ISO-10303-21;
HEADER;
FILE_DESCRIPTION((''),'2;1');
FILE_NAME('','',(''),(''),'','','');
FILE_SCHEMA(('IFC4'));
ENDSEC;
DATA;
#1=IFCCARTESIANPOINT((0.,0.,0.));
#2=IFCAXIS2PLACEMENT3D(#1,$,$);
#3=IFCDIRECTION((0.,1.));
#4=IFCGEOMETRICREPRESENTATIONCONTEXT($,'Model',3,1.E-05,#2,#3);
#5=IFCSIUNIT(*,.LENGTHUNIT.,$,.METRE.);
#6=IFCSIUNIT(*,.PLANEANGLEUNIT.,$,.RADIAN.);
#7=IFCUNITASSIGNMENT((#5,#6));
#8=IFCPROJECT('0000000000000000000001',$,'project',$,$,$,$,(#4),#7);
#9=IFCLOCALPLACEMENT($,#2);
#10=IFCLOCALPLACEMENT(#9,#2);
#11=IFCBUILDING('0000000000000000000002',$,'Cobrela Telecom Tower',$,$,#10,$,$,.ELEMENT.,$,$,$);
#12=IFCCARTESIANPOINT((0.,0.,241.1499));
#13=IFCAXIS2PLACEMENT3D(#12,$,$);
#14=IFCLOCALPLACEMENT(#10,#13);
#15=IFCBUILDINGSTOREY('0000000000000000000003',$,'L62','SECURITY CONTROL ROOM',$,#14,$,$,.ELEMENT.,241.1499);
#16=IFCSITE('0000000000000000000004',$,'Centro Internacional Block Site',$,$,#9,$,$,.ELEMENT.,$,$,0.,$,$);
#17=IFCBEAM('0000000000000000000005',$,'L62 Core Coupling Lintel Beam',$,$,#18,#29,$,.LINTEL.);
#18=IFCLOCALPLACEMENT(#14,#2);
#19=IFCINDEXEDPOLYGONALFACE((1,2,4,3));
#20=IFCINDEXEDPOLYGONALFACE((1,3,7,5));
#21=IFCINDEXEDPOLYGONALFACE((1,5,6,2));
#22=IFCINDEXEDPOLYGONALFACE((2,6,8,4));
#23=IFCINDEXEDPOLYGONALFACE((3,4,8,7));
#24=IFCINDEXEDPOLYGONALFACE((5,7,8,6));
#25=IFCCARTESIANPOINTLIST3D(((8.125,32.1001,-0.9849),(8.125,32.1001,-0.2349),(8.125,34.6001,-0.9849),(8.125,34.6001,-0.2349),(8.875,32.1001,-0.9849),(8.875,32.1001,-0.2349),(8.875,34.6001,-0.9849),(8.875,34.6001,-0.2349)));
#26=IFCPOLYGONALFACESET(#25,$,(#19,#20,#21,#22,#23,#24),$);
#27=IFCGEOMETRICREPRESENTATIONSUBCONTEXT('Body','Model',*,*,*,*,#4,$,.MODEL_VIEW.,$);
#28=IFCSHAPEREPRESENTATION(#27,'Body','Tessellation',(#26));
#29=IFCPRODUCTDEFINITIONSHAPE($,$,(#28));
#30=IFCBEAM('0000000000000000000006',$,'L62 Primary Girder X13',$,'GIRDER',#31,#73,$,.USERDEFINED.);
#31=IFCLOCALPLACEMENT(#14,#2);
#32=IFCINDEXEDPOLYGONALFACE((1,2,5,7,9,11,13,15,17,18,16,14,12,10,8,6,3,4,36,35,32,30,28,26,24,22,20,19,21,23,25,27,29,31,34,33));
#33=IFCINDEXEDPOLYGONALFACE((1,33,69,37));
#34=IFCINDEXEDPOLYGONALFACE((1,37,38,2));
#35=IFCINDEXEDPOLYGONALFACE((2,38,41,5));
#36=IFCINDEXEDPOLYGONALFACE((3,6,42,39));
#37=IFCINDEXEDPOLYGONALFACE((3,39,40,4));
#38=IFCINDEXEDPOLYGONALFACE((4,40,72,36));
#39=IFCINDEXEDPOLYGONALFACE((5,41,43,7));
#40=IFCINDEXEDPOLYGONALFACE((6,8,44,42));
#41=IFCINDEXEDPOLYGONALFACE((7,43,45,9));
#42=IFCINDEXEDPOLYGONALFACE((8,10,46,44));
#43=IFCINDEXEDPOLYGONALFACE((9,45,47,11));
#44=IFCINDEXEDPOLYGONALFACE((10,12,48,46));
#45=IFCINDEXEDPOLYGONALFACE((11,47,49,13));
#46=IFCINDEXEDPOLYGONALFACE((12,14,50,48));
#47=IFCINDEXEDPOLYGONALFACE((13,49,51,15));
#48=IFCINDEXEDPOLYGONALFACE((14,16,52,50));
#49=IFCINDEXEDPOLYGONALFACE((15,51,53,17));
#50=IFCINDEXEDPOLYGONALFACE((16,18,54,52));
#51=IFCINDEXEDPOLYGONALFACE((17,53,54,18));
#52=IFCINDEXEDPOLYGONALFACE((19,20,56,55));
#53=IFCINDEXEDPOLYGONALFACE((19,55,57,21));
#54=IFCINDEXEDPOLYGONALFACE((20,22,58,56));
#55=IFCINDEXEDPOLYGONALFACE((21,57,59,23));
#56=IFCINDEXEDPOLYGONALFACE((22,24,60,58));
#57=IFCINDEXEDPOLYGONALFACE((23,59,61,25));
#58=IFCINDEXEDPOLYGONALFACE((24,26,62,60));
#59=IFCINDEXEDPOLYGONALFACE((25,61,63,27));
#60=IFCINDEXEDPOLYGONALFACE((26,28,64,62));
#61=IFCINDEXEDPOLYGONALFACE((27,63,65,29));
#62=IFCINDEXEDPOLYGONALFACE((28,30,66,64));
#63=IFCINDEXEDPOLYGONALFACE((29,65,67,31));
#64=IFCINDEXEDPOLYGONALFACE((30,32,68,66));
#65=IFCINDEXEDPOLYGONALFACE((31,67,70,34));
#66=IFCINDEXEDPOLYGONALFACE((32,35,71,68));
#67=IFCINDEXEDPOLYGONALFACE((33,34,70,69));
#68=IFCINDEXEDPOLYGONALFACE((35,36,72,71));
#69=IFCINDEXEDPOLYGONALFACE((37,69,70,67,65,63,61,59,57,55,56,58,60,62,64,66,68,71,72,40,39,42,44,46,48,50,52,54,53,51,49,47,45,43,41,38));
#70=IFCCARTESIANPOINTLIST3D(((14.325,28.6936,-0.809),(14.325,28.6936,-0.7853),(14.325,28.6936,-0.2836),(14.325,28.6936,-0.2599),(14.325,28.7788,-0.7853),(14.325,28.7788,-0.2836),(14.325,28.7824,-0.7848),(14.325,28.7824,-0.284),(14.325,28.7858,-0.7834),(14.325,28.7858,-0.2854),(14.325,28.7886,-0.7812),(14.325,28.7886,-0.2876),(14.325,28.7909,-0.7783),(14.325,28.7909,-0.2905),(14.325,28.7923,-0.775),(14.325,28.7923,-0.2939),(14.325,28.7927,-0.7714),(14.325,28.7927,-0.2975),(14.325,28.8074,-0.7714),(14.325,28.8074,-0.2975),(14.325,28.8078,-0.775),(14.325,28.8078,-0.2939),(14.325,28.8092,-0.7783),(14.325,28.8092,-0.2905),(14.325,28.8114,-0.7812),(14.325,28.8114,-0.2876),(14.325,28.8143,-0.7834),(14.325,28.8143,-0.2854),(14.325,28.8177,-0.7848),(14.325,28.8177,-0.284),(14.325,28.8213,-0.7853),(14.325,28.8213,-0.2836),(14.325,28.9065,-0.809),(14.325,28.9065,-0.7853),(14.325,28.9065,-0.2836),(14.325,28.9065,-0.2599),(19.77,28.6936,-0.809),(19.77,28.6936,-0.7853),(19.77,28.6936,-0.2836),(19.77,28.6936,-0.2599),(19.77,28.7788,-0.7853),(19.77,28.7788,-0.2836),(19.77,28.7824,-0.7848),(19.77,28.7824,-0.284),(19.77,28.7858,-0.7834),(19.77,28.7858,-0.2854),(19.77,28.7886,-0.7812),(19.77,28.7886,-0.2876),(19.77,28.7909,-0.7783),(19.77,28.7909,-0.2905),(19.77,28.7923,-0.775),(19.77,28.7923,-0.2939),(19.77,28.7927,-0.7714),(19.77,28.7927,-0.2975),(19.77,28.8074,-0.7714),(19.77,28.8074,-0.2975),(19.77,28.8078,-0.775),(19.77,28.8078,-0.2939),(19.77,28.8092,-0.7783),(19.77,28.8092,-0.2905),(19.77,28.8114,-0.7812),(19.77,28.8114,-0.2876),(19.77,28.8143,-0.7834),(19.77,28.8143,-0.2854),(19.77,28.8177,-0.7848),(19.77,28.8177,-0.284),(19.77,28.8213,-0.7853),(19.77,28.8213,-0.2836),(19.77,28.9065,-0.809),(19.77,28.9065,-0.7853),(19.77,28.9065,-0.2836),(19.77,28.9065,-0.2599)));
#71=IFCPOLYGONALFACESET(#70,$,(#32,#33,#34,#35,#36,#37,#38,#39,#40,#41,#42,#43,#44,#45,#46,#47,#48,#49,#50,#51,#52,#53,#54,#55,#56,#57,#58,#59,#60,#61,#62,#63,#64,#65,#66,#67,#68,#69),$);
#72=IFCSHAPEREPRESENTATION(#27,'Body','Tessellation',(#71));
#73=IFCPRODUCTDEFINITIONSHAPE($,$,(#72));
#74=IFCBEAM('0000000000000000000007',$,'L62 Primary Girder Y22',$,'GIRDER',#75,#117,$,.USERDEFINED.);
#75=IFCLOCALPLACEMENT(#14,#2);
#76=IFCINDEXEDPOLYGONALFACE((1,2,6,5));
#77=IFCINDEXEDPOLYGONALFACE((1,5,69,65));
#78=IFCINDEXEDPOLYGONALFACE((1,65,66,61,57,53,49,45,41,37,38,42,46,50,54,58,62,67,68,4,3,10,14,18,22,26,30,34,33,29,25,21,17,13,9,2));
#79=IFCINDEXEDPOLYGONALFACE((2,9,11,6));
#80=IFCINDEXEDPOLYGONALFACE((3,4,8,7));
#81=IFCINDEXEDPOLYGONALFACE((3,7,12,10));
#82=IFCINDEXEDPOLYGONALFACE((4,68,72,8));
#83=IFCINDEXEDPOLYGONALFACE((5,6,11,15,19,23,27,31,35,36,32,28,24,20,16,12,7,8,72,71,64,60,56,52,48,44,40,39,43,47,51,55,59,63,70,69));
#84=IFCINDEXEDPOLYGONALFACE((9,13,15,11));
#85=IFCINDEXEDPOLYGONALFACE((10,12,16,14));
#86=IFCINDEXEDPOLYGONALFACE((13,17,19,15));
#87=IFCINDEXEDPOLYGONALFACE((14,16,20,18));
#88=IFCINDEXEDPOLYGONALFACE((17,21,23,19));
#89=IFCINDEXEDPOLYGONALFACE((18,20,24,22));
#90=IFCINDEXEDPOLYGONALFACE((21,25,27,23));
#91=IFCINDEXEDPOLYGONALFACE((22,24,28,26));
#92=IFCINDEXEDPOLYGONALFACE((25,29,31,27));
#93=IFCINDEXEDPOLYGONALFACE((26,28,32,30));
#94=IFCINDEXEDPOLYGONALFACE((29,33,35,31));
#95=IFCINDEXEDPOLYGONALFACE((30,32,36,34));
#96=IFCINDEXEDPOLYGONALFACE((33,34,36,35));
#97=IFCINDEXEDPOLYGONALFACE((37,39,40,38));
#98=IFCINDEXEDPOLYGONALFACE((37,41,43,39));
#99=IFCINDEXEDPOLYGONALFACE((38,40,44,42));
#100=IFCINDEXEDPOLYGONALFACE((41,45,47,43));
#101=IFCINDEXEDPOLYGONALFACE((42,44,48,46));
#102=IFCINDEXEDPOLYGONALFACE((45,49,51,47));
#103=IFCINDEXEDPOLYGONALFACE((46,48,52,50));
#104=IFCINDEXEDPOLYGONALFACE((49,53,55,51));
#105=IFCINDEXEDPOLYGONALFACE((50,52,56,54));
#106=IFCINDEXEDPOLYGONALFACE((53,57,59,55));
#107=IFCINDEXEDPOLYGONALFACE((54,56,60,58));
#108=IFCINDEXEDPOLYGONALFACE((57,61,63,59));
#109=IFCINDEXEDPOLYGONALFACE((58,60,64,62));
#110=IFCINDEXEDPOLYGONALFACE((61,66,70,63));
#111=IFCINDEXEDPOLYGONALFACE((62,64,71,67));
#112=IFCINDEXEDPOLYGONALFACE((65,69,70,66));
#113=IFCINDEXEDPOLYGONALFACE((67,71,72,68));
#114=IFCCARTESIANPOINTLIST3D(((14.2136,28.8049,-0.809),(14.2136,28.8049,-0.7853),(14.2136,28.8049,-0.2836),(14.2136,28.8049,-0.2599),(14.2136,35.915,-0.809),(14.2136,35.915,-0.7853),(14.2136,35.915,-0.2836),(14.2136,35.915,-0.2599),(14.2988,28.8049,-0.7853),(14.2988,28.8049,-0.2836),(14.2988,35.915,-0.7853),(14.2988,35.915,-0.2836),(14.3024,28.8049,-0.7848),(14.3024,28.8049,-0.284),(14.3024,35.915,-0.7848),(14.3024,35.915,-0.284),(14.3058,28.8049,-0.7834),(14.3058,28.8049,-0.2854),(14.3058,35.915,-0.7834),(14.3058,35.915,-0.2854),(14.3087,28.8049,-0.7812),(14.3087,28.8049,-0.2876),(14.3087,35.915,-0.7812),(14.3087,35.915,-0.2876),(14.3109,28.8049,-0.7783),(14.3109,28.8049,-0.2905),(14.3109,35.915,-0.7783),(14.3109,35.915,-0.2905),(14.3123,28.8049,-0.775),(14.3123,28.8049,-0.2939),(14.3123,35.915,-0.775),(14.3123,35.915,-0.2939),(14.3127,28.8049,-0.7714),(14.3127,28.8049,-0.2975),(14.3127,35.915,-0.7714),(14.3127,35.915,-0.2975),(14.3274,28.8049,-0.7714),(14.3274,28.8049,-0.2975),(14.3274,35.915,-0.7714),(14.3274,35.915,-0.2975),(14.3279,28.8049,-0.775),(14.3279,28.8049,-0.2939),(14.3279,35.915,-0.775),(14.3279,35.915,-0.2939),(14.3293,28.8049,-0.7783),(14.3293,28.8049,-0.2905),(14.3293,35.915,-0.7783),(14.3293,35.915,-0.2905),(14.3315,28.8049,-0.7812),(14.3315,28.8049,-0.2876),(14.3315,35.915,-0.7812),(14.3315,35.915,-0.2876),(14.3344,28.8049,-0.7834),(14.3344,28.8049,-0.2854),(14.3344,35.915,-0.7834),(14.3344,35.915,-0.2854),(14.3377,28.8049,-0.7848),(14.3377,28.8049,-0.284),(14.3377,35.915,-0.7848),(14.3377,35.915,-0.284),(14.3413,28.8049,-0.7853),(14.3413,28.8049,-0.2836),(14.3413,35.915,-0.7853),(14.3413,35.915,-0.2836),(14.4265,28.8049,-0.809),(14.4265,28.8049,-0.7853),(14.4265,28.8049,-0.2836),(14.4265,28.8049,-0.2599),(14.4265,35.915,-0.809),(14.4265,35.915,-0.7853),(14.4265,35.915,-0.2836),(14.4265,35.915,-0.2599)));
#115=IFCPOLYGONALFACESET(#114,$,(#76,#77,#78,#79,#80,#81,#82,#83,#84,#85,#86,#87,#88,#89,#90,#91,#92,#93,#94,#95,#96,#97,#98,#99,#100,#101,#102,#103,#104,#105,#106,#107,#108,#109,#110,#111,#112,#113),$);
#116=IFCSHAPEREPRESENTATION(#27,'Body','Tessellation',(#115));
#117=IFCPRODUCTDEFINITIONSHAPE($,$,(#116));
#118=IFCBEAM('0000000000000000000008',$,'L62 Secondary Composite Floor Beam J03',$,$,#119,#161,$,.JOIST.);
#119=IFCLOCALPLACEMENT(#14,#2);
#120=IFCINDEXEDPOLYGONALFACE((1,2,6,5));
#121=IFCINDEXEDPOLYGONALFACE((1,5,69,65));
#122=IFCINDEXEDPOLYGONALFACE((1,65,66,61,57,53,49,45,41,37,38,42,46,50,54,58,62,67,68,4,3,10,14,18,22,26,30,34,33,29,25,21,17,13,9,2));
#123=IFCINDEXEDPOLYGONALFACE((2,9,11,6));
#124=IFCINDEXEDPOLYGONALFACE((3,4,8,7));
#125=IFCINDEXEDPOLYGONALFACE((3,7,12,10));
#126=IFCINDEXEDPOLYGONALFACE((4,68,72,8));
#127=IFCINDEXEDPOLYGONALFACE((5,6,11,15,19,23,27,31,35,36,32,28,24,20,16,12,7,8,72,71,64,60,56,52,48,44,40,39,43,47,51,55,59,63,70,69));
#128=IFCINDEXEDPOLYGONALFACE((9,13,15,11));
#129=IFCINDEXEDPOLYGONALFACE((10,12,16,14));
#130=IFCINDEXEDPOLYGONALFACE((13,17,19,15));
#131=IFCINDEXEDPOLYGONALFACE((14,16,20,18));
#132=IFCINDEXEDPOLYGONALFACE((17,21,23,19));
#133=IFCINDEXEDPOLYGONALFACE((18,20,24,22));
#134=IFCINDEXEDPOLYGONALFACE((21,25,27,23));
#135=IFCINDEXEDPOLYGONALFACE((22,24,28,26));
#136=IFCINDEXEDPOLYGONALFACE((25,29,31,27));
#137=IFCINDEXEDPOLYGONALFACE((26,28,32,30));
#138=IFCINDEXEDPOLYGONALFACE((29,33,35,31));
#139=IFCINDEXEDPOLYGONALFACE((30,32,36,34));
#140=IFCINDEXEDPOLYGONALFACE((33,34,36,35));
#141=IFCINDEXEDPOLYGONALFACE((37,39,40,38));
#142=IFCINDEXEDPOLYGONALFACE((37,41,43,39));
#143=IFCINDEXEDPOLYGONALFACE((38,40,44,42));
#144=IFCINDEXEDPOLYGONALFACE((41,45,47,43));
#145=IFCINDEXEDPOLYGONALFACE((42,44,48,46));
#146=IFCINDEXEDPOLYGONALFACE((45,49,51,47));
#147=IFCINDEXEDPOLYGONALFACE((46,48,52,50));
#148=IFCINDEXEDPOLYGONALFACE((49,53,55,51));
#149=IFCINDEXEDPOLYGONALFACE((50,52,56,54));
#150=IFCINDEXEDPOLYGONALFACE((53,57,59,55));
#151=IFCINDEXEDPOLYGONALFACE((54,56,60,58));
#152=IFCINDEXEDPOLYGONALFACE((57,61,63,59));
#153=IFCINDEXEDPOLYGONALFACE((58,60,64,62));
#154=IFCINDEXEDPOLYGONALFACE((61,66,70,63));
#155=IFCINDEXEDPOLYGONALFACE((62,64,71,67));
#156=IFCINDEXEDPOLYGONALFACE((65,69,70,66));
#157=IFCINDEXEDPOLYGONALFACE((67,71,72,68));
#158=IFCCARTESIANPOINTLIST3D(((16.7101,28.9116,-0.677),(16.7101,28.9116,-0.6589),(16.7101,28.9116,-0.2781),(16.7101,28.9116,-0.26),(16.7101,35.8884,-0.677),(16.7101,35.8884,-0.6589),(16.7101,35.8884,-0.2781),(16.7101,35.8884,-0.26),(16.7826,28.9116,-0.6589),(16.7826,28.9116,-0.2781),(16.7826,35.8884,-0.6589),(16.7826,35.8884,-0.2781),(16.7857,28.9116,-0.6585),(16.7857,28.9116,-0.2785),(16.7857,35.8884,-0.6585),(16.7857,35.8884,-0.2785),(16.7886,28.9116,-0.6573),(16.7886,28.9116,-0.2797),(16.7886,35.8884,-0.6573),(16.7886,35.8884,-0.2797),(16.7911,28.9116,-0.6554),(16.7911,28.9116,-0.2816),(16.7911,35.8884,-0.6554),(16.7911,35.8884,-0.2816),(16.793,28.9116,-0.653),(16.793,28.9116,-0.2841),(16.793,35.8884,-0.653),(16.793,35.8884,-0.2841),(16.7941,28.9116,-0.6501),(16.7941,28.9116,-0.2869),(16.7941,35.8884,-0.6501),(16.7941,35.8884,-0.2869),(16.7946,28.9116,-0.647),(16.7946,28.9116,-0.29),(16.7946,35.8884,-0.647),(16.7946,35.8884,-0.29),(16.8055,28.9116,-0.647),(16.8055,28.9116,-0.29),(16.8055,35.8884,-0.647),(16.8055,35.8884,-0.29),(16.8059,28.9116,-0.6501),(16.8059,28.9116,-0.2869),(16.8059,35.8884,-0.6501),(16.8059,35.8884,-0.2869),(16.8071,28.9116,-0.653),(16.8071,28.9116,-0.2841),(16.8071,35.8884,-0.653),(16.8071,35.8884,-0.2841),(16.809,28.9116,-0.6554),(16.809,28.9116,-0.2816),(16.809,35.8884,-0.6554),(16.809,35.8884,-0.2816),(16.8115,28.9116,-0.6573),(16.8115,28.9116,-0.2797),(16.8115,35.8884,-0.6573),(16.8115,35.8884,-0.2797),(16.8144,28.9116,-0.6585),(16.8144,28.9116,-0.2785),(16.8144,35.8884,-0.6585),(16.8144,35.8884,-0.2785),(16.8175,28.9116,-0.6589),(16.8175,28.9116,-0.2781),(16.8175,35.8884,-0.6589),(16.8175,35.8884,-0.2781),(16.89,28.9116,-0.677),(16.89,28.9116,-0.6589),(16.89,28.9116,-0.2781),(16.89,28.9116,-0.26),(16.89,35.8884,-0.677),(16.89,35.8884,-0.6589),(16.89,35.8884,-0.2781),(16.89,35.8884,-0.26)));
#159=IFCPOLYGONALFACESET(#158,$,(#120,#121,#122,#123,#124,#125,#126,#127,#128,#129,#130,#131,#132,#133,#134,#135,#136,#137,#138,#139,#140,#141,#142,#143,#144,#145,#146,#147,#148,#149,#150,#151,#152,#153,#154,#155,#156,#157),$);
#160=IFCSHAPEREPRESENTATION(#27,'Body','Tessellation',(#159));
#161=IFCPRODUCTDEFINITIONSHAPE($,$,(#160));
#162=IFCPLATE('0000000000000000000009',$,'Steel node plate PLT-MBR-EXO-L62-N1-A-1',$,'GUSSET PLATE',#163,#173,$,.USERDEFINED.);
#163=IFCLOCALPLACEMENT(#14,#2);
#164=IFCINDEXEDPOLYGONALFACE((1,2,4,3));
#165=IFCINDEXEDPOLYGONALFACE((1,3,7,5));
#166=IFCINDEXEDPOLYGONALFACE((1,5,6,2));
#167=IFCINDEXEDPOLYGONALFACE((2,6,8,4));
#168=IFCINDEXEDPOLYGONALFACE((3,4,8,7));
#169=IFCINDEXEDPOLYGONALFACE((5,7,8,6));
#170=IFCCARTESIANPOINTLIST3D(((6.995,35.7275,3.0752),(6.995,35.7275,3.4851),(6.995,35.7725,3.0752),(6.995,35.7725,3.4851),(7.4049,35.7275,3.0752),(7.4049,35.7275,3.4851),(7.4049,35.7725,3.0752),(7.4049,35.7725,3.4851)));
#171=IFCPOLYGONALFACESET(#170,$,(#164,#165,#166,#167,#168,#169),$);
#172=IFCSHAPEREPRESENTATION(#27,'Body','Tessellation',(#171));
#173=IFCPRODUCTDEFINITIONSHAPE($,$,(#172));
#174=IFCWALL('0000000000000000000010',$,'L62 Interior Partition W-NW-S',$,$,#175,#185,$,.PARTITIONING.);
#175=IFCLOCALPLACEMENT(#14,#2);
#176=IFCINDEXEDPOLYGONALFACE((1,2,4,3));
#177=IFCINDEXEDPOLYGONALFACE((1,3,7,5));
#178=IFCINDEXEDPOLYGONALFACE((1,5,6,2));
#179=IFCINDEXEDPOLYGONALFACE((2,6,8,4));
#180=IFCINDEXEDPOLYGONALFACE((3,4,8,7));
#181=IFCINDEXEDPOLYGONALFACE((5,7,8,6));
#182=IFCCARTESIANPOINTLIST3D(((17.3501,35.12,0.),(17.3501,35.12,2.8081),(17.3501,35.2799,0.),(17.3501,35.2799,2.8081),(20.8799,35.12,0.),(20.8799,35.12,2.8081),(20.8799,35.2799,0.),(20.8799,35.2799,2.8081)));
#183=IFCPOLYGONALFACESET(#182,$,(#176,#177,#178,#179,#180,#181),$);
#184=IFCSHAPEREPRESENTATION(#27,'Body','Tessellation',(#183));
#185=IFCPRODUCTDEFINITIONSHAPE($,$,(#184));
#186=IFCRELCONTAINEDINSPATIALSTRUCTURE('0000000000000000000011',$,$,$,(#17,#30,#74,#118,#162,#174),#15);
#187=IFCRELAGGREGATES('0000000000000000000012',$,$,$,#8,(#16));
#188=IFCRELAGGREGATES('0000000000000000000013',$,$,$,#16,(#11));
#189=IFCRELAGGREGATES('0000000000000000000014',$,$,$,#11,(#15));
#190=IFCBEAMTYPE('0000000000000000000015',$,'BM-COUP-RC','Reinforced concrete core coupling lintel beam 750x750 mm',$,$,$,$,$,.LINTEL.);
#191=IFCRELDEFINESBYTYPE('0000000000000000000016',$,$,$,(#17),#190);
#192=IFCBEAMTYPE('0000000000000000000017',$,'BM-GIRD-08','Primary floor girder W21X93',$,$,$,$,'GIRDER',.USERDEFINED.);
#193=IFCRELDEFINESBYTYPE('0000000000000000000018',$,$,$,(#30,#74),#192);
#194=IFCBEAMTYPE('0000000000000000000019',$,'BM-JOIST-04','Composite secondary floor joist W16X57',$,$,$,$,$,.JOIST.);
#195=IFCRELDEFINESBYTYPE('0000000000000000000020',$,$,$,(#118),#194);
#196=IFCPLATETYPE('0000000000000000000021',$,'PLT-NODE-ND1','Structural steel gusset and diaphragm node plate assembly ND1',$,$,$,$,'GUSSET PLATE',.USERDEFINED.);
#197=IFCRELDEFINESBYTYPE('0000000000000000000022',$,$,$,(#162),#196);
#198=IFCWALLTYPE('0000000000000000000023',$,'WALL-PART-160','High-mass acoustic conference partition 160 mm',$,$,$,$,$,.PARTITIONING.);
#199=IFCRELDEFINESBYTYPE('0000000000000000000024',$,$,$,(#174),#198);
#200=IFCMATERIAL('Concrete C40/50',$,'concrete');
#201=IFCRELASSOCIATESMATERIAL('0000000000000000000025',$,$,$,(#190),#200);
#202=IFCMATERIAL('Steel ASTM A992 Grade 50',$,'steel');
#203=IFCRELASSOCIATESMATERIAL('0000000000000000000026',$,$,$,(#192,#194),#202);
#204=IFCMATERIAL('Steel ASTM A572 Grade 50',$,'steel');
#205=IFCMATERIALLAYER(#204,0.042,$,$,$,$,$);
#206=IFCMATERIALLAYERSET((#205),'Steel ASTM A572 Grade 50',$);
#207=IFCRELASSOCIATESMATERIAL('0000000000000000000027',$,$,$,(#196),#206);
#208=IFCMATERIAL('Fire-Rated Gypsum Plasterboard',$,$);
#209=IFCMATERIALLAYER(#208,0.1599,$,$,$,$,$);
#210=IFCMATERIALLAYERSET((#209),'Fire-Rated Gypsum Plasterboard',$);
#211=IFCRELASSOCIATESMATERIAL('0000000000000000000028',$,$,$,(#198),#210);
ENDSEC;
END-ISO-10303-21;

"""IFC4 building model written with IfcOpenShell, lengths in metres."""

from ifc_helpers import new_model, si_unit, direction, frame, frame_2d, origin, origin_2d, place, context, subcontext, project, spatial, rectangle, i_section, extrude, material, layer, layer_set, material_profile, profile_set, type_object, element, save


model = new_model("IFC4")

# Units and contexts
model_context = context("Model", 3, precision=1e-05, world=origin(), true_north=direction((0.0, 1.0)))
body_context = subcontext(model_context, "Body", "Model", "MODEL_VIEW")
ifc_project = project(units=[si_unit("LENGTHUNIT", "METRE"), si_unit("PLANEANGLEUNIT", "RADIAN")], contexts=[model_context])

# Site, building, storey
site_placement = place(None, origin())
site = spatial("IfcSite", under=ifc_project, at=site_placement, Name="Centro Internacional Block Site", CompositionType="ELEMENT", RefElevation=0.0)
building_placement = place(site_placement, origin())
building = spatial("IfcBuilding", under=site, at=building_placement, Name="Cobrela Telecom Tower", CompositionType="ELEMENT")
storey_placement = place(building_placement, frame((0.0, 0.0, 241.1499)))
storey = spatial("IfcBuildingStorey", under=building, at=storey_placement, Name="L62", Description="SECURITY CONTROL ROOM", CompositionType="ELEMENT", Elevation=241.1499)

# Beams
ifc_material_1 = material(Name="Concrete C40/50", Category="concrete")
ifc_material_profile_1 = material_profile(ifc_material_1, rectangle(XDim=0.75, YDim=0.75, at=origin_2d()), Name="RC 750x750")
ifc_profile_set_1 = profile_set([ifc_material_profile_1], Name="Concrete C40/50")
beam_type_1 = type_object("IfcBeamType", Name="BM-COUP-RC", Description="Reinforced concrete core coupling lintel beam 750x750 mm", PredefinedType="LINTEL", material=ifc_profile_set_1)
beam_1_placement = place(storey_placement, frame((8.5, 32.1001, -0.6099), z_axis=(0.0, 1.0, 0.0), x_axis=(-1.0, 0.0, 0.0)))
element("IfcBeam", 1, at=beam_1_placement, inside=storey, type_object=beam_type_1, Name="L62 Core Coupling Lintel Beam", PredefinedType="LINTEL", context=body_context, shape_type="SweptSolid", body=[
    extrude(rectangle(XDim=0.75, YDim=0.75, at=origin_2d()), origin(), (0.0, 0.0, 1.0), 2.5),
])
ifc_material_2 = material(Name="Steel ASTM A992 Grade 50", Category="steel")
ifc_material_profile_2 = material_profile(ifc_material_2, i_section(OverallWidth=0.2129, OverallDepth=0.5491, WebThickness=0.0146, FlangeThickness=0.0237, FilletRadius=0.0139, at=origin_2d()), Name="W21X93")
ifc_profile_set_2 = profile_set([ifc_material_profile_2], Name="Steel ASTM A992 Grade 50")
beam_type_2 = type_object("IfcBeamType", Name="BM-GIRD-08", Description="Primary floor girder W21X93", ElementType="GIRDER", PredefinedType="USERDEFINED", material=ifc_profile_set_2)
beam_2_placement = place(storey_placement, frame((14.325, 28.8, -0.5344), z_axis=(1.0, 0.0, 0.0), x_axis=(0.0, 1.0, 0.0)))
element("IfcBeam", 2, at=beam_2_placement, inside=storey, type_object=beam_type_2, Name="L62 Primary Girder X13", ObjectType="GIRDER", PredefinedType="USERDEFINED", context=body_context, shape_type="SweptSolid", body=[
    extrude(i_section(OverallWidth=0.2129, OverallDepth=0.5491, WebThickness=0.0146, FlangeThickness=0.0237, FilletRadius=0.0139, at=origin_2d()), origin(), (0.0, 0.0, 1.0), 5.4451),
])
beam_3_placement = place(storey_placement, frame((14.3201, 28.8049, -0.5344), z_axis=(0.0, 1.0, 0.0), x_axis=(-1.0, 0.0, 0.0)))
element("IfcBeam", 3, at=beam_3_placement, inside=storey, type_object=beam_type_2, Name="L62 Primary Girder Y22", ObjectType="GIRDER", PredefinedType="USERDEFINED", context=body_context, shape_type="SweptSolid", body=[
    extrude(i_section(OverallWidth=0.2129, OverallDepth=0.5491, WebThickness=0.0146, FlangeThickness=0.0237, FilletRadius=0.0139, at=origin_2d()), origin(), (0.0, 0.0, 1.0), 7.1101),
])
ifc_material_profile_3 = material_profile(ifc_material_2, i_section(OverallWidth=0.1799, OverallDepth=0.417, WebThickness=0.011, FlangeThickness=0.0181, FilletRadius=0.012, at=origin_2d()), Name="W16X57")
ifc_profile_set_3 = profile_set([ifc_material_profile_3], Name="Steel ASTM A992 Grade 50")
beam_type_3 = type_object("IfcBeamType", Name="BM-JOIST-04", Description="Composite secondary floor joist W16X57", PredefinedType="JOIST", material=ifc_profile_set_3)
beam_4_placement = place(storey_placement, frame((16.8, 28.9116, -0.4685), z_axis=(0.0, 1.0, 0.0), x_axis=(-1.0, 0.0, 0.0)))
element("IfcBeam", 4, at=beam_4_placement, inside=storey, type_object=beam_type_3, Name="L62 Secondary Composite Floor Beam J03", PredefinedType="JOIST", context=body_context, shape_type="SweptSolid", body=[
    extrude(i_section(OverallWidth=0.1799, OverallDepth=0.417, WebThickness=0.011, FlangeThickness=0.0181, FilletRadius=0.012, at=origin_2d()), origin(), (0.0, 0.0, 1.0), 6.9768),
])

# Plate
ifc_material_3 = material(Name="Steel ASTM A572 Grade 50", Category="steel")
ifc_layer_1 = layer(ifc_material_3, 0.042)
ifc_layer_set_1 = layer_set([ifc_layer_1], Name="Steel ASTM A572 Grade 50")
plate_type = type_object("IfcPlateType", Name="PLT-NODE-ND1", Description="Structural steel gusset and diaphragm node plate assembly ND1", ElementType="GUSSET PLATE", PredefinedType="USERDEFINED", material=ifc_layer_set_1)
plate_placement = place(storey_placement, frame((7.2, 35.75, 3.0752), z_axis=(0.0, 0.0, 1.0), x_axis=(1.0, 0.0, 0.0)))
element("IfcPlate", 5, at=plate_placement, inside=storey, type_object=plate_type, Name="Steel node plate PLT-MBR-EXO-L62-N1-A-1", ObjectType="GUSSET PLATE", PredefinedType="USERDEFINED", context=body_context, shape_type="SweptSolid", body=[
    extrude(rectangle(XDim=0.4099, YDim=0.0449, at=origin_2d()), origin(), (0.0, 0.0, 1.0), 0.4099),
])

# Shared definitions
ifc_material_4 = material(Name="Fire-Rated Gypsum Plasterboard")

# Wall
ifc_layer_2 = layer(ifc_material_4, 0.1599)
ifc_layer_set_2 = layer_set([ifc_layer_2], Name="Fire-Rated Gypsum Plasterboard")
wall_type_1 = type_object("IfcWallType", Name="WALL-PART-160", Description="High-mass acoustic conference partition 160 mm", PredefinedType="PARTITIONING", material=ifc_layer_set_2)
wall_1_placement = place(storey_placement, frame((17.3501, 35.2, 0.0), z_axis=(0.0, 0.0, 1.0), x_axis=(1.0, 0.0, 0.0)))
element("IfcWall", 6, at=wall_1_placement, inside=storey, type_object=wall_type_1, Name="L62 Interior Partition W-NW-S", PredefinedType="PARTITIONING", context=body_context, shape_type="SweptSolid", body=[
    extrude(rectangle(XDim=3.5298, YDim=0.1599, at=frame_2d((1.7649, 0.0))), origin(), (0.0, 0.0, 1.0), 2.8081),
])

save(model, "model.ifc")
